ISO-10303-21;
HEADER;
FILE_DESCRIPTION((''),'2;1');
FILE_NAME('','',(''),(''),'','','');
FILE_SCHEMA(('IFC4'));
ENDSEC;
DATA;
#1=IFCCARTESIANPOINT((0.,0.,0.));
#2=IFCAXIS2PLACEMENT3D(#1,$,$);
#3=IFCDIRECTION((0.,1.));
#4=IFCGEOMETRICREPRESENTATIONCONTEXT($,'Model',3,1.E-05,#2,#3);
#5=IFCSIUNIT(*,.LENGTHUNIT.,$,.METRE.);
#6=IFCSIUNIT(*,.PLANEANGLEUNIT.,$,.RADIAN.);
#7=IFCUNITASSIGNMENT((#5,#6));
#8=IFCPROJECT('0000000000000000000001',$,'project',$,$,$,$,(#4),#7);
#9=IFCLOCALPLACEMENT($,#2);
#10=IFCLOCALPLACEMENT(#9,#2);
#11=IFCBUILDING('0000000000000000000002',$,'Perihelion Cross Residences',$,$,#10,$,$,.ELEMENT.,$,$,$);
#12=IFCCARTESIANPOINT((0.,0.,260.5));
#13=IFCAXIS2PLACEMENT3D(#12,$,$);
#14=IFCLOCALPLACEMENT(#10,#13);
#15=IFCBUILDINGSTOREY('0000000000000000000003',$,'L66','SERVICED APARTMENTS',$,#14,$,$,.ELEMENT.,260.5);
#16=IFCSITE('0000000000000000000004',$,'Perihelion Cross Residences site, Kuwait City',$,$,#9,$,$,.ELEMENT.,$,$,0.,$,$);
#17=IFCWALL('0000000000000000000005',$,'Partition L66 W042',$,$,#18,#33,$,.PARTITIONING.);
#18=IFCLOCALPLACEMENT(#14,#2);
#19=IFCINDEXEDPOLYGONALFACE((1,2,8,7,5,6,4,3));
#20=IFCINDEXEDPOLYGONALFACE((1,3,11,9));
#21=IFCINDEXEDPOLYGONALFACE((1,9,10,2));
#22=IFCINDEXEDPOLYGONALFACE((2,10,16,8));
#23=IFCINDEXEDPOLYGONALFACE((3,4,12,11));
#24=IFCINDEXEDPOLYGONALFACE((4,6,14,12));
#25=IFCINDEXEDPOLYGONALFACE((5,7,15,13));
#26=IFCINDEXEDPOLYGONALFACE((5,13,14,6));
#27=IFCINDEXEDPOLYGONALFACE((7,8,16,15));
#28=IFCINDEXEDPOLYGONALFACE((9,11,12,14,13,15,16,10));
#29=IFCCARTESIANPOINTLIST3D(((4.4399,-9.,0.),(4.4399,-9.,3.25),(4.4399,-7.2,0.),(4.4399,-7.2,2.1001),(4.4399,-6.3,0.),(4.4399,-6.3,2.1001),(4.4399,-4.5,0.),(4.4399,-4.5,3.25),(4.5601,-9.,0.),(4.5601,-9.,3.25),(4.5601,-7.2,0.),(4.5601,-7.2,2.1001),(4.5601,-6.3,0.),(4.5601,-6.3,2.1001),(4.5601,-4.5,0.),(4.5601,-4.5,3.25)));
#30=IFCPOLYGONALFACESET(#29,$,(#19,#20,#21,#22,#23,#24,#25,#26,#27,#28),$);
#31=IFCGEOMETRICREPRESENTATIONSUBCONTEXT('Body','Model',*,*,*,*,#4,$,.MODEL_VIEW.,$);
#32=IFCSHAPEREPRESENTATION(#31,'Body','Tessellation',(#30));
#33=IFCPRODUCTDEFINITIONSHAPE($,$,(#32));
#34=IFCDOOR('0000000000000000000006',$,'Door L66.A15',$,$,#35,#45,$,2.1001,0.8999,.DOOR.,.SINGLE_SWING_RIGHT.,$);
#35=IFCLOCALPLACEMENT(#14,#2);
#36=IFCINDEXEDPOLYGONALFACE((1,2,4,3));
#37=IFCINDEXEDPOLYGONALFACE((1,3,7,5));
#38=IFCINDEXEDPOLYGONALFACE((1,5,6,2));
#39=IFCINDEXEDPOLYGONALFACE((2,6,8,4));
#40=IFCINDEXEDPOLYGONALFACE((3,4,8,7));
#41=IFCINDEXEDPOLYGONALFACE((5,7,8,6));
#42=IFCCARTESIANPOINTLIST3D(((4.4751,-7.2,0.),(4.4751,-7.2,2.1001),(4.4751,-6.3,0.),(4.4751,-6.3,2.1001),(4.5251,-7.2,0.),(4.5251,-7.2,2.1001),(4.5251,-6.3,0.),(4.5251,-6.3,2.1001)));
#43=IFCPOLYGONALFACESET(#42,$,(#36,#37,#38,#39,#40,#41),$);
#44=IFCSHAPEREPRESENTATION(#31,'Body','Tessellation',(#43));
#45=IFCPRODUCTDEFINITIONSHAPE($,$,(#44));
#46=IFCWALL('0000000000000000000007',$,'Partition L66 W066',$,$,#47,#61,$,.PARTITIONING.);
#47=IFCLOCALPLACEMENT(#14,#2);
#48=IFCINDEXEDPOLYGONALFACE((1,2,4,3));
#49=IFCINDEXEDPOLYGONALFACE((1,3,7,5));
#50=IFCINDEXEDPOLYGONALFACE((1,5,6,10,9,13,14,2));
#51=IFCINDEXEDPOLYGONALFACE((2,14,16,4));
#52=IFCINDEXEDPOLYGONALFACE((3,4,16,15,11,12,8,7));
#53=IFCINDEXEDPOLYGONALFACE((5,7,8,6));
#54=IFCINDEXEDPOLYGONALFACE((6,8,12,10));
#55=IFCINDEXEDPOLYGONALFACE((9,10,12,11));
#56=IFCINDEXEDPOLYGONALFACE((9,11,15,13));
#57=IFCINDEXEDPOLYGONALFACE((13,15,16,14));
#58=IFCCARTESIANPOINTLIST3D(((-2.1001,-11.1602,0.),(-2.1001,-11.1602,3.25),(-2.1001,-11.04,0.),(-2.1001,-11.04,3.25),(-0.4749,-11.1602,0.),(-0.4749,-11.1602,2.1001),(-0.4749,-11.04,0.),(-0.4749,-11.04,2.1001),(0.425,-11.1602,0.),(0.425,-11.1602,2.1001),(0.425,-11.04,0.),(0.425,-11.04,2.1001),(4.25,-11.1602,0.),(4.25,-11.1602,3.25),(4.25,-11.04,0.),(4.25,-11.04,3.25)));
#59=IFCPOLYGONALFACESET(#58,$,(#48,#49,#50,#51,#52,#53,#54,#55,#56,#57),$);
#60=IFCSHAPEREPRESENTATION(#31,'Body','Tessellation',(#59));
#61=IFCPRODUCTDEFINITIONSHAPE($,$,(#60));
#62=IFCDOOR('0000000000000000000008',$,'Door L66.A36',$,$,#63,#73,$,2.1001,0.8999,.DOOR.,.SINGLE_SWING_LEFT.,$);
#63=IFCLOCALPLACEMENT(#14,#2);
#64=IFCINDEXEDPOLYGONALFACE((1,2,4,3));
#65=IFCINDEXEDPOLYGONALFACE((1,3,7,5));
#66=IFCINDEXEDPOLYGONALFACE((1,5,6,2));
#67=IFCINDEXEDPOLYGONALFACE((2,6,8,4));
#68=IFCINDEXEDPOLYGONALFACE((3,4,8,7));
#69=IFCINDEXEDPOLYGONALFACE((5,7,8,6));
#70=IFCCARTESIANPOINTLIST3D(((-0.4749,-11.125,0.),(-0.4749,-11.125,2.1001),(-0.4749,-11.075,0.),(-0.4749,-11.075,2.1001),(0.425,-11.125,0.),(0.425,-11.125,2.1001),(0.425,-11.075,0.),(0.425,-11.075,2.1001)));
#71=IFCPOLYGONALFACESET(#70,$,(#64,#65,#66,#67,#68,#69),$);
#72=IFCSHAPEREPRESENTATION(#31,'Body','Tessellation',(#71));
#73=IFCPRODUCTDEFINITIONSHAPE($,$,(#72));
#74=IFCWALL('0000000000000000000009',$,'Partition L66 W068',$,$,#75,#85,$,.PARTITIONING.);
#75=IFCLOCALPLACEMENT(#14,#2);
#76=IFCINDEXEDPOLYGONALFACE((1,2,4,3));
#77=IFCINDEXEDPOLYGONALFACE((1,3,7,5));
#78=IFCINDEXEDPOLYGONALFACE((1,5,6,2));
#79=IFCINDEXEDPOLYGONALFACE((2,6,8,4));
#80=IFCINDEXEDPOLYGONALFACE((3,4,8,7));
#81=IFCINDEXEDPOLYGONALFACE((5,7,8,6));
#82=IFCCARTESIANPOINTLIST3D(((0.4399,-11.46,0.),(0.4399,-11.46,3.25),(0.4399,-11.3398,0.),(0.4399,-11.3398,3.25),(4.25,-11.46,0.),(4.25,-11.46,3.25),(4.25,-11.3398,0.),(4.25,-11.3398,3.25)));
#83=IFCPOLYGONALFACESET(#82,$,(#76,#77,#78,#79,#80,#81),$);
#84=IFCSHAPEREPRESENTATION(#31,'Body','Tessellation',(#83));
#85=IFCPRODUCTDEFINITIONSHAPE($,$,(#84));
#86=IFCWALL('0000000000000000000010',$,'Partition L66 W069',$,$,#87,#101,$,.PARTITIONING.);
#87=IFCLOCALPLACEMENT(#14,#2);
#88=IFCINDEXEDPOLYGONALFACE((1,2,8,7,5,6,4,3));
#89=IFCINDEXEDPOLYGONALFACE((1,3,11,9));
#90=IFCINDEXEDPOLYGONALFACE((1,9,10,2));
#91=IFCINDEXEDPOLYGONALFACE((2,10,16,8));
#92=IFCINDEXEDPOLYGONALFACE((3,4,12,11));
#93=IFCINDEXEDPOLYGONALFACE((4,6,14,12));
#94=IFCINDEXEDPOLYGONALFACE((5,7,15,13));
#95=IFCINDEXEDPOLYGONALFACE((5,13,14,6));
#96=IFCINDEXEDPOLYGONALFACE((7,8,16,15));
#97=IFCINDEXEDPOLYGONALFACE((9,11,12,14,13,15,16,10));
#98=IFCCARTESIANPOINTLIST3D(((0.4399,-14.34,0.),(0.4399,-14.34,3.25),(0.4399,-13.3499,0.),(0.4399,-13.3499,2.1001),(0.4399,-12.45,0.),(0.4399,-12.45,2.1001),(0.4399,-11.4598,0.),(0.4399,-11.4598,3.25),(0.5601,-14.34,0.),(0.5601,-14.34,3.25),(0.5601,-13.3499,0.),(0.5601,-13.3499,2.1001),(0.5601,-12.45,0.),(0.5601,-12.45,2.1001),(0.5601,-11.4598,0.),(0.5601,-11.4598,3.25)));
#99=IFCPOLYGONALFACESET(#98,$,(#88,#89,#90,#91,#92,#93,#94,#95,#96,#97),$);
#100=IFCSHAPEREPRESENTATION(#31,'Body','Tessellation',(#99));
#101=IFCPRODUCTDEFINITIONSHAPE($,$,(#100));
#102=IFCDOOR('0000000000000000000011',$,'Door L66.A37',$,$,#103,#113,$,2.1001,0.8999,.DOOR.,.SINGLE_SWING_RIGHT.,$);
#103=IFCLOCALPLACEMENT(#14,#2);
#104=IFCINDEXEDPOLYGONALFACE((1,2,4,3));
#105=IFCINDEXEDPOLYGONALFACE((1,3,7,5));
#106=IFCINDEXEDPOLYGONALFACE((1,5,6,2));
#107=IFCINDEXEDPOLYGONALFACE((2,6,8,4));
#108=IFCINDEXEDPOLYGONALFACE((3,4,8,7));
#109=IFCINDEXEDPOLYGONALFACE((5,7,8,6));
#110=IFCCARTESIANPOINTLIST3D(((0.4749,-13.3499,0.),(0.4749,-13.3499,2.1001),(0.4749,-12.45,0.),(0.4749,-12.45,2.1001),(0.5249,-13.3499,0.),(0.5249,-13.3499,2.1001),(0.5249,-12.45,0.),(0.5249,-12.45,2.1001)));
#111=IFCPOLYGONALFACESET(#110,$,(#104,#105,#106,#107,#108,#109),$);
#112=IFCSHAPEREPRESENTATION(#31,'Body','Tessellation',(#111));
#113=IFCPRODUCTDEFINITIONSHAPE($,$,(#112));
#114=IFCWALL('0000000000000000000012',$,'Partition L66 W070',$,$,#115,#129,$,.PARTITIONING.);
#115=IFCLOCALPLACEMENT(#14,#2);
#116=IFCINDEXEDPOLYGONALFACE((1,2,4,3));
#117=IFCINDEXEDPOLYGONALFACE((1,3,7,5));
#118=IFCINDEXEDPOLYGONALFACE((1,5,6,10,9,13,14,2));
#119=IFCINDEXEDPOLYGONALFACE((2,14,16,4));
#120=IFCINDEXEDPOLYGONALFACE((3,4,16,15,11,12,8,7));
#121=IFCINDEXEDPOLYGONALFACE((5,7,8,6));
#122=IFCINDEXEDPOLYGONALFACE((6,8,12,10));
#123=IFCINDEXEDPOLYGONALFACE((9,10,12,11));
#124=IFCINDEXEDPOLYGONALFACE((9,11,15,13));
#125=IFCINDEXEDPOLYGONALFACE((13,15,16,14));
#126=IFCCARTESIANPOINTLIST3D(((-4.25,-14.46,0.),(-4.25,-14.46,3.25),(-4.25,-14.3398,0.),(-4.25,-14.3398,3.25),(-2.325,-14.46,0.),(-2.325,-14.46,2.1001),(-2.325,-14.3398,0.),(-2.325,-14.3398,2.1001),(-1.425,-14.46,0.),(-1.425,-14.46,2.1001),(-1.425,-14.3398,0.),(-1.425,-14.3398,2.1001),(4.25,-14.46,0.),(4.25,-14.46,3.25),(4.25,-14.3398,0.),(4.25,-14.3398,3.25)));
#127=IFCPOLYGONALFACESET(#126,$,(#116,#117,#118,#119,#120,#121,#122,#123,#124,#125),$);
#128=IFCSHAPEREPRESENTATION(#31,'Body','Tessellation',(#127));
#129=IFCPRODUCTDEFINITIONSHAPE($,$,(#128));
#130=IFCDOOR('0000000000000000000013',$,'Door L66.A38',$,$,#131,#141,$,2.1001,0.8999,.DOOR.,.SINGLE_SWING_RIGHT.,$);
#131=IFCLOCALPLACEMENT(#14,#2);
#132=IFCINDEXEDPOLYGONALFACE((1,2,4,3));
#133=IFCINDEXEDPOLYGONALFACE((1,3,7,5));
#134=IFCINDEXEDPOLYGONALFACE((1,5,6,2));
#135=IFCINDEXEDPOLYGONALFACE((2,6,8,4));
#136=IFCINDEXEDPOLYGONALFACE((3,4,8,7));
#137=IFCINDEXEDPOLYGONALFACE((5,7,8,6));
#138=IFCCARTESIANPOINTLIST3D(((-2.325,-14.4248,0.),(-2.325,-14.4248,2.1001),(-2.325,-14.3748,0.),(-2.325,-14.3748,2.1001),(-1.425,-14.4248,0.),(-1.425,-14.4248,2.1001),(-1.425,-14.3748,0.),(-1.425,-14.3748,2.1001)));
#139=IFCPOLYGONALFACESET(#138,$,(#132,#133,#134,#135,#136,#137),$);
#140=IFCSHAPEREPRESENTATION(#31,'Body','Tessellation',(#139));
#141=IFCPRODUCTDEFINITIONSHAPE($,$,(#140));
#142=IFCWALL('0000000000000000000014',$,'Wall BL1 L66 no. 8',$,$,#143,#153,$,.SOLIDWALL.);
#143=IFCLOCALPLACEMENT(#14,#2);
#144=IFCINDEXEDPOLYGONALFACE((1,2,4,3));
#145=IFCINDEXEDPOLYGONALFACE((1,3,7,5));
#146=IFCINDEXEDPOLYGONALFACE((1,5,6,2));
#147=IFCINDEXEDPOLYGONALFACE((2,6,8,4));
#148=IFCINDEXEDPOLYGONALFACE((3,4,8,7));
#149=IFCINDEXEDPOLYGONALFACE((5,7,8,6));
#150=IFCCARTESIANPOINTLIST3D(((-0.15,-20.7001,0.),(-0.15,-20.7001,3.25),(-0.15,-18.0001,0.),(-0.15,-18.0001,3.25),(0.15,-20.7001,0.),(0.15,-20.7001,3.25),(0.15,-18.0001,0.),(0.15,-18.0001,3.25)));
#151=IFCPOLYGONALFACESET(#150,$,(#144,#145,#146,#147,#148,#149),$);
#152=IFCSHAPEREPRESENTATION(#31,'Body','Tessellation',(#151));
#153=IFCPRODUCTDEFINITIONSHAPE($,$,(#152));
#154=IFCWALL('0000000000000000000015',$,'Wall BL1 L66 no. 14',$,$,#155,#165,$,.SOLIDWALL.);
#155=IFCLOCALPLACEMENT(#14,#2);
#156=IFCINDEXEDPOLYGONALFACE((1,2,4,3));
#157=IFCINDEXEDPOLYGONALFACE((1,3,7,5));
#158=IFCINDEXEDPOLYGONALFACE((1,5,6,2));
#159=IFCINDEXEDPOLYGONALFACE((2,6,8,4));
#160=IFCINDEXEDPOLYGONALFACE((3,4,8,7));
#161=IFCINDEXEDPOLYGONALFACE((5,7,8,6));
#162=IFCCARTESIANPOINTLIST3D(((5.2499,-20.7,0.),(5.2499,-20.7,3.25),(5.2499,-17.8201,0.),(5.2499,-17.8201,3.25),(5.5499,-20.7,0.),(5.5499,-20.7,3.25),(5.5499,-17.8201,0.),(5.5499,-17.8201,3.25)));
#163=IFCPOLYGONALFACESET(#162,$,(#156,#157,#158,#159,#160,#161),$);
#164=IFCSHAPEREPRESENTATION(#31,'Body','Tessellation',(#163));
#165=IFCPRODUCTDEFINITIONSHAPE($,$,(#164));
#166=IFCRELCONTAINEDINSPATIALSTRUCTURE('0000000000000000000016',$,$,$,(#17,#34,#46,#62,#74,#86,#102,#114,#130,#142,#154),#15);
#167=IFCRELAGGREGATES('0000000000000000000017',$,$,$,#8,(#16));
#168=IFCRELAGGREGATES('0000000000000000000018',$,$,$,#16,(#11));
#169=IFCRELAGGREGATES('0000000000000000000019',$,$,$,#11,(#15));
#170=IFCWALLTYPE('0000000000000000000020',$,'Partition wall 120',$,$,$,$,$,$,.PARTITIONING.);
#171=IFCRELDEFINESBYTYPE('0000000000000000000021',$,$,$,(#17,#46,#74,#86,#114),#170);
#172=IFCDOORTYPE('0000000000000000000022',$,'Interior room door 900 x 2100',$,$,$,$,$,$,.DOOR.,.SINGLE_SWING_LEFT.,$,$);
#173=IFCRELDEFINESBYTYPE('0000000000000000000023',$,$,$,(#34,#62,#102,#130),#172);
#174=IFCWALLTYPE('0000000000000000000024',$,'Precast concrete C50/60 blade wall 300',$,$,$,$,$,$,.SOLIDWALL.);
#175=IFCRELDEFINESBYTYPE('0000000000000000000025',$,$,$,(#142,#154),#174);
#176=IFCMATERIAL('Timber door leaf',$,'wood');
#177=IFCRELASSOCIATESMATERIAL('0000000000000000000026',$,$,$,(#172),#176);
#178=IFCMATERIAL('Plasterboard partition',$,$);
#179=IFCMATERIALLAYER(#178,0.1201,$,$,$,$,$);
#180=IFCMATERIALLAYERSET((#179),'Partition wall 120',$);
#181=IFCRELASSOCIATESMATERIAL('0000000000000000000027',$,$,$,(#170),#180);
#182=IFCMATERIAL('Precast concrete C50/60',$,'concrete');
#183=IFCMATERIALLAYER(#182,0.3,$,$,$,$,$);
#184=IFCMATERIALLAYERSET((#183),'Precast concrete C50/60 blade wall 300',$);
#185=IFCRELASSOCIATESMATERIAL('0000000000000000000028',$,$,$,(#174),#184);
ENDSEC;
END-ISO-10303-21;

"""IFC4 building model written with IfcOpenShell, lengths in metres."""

from ifc_helpers import new_model, si_unit, direction, frame, frame_2d, origin, place, context, subcontext, project, spatial, rectangle, extrude, material, layer, layer_set, type_object, element, fill, save


model = new_model("IFC4")

# Units and contexts
model_context = context("Model", 3, precision=1e-05, world=origin(), true_north=direction((0.0, 1.0)))
body_context = subcontext(model_context, "Body", "Model", "MODEL_VIEW")
ifc_project = project(units=[si_unit("LENGTHUNIT", "METRE"), si_unit("PLANEANGLEUNIT", "RADIAN")], contexts=[model_context])

# Site, building, storey
site_placement = place(None, origin())
site = spatial("IfcSite", under=ifc_project, at=site_placement, Name="Perihelion Cross Residences site, Kuwait City", CompositionType="ELEMENT", RefElevation=0.0)
building_placement = place(site_placement, origin())
building = spatial("IfcBuilding", under=site, at=building_placement, Name="Perihelion Cross Residences", CompositionType="ELEMENT")
storey_placement = place(building_placement, frame((0.0, 0.0, 260.5)))
storey = spatial("IfcBuildingStorey", under=building, at=storey_placement, Name="L66", Description="SERVICED APARTMENTS", CompositionType="ELEMENT", Elevation=260.5)

# Walls, openings, doors
ifc_material_1 = material(Name="Timber door leaf", Category="wood")
door_type_1 = type_object("IfcDoorType", Name="Interior room door 900 x 2100", OperationType="SINGLE_SWING_LEFT", PredefinedType="DOOR", material=ifc_material_1)
ifc_material_2 = material(Name="Plasterboard partition")
ifc_layer_1 = layer(ifc_material_2, 0.1201)
ifc_layer_set_1 = layer_set([ifc_layer_1], Name="Partition wall 120")
wall_type_1 = type_object("IfcWallType", Name="Partition wall 120", PredefinedType="PARTITIONING", material=ifc_layer_set_1)
wall_1_placement = place(storey_placement, frame((4.5, -9.0, 0.0), z_axis=(0.0, 0.0, 1.0), x_axis=(0.0, 1.0, 0.0)))
wall_1 = element("IfcWall", 1, at=wall_1_placement, inside=storey, type_object=wall_type_1, Name="Partition L66 W042", PredefinedType="PARTITIONING", context=body_context, shape_type="SweptSolid", body=[
    extrude(rectangle(XDim=4.5, YDim=0.1201, at=frame_2d((2.25, 0.0))), origin(), (0.0, 0.0, 1.0), 3.25),
])
opening_1_placement = place(wall_1_placement, frame((1.8, 0.0, 0.0)))
opening_1 = element("IfcOpeningElement", 2, at=opening_1_placement, cuts=wall_1, PredefinedType="OPENING", context=body_context, shape_type="SweptSolid", body=[
    extrude(rectangle(XDim=0.8999, YDim=2.1001, at=frame_2d((0.45, 1.05))), frame((0.0, 0.0701, 0.0), z_axis=(0.0, -1.0, 0.0), x_axis=(1.0, 0.0, 0.0)), (0.0, 0.0, 1.0), 0.1401),
])
door_1_placement = place(opening_1_placement, origin())
door_1 = element("IfcDoor", 3, at=door_1_placement, inside=storey, type_object=door_type_1, Name="Door L66.A15", OperationType="SINGLE_SWING_RIGHT", OverallHeight=2.1001, OverallWidth=0.8999, PredefinedType="DOOR", context=body_context, shape_type="SweptSolid", body=[
    extrude(rectangle(XDim=0.8999, YDim=2.1001, at=frame_2d((0.45, 1.05))), frame((0.0, 0.0249, 0.0), z_axis=(0.0, -1.0, 0.0), x_axis=(1.0, 0.0, 0.0)), (0.0, 0.0, 1.0), 0.05),
])
fill(opening_1, door_1)
wall_2_placement = place(storey_placement, frame((4.25, -11.1001, 0.0), z_axis=(0.0, 0.0, 1.0), x_axis=(-1.0, 0.0, 0.0)))
wall_2 = element("IfcWall", 4, at=wall_2_placement, inside=storey, type_object=wall_type_1, Name="Partition L66 W066", PredefinedType="PARTITIONING", context=body_context, shape_type="SweptSolid", body=[
    extrude(rectangle(XDim=6.3501, YDim=0.1201, at=frame_2d((3.175, 0.0))), origin(), (0.0, 0.0, 1.0), 3.25),
])
opening_2_placement = place(wall_2_placement, frame((3.825, 0.0, 0.0)))
opening_2 = element("IfcOpeningElement", 5, at=opening_2_placement, cuts=wall_2, PredefinedType="OPENING", context=body_context, shape_type="SweptSolid", body=[
    extrude(rectangle(XDim=0.8999, YDim=2.1001, at=frame_2d((0.45, 1.05))), frame((0.0, 0.0701, 0.0), z_axis=(0.0, -1.0, 0.0), x_axis=(1.0, 0.0, 0.0)), (0.0, 0.0, 1.0), 0.1401),
])
door_2_placement = place(opening_2_placement, origin())
door_2 = element("IfcDoor", 6, at=door_2_placement, inside=storey, type_object=door_type_1, Name="Door L66.A36", OperationType="SINGLE_SWING_LEFT", OverallHeight=2.1001, OverallWidth=0.8999, PredefinedType="DOOR", context=body_context, shape_type="SweptSolid", body=[
    extrude(rectangle(XDim=0.8999, YDim=2.1001, at=frame_2d((0.45, 1.05))), frame((0.0, 0.0249, 0.0), z_axis=(0.0, -1.0, 0.0), x_axis=(1.0, 0.0, 0.0)), (0.0, 0.0, 1.0), 0.05),
])
fill(opening_2, door_2)

# Wall
wall_3_placement = place(storey_placement, frame((4.25, -11.3999, 0.0), z_axis=(0.0, 0.0, 1.0), x_axis=(-1.0, 0.0, 0.0)))
element("IfcWall", 7, at=wall_3_placement, inside=storey, type_object=wall_type_1, Name="Partition L66 W068", PredefinedType="PARTITIONING", context=body_context, shape_type="SweptSolid", body=[
    extrude(rectangle(XDim=3.8101, YDim=0.1201, at=frame_2d((1.905, 0.0))), origin(), (0.0, 0.0, 1.0), 3.25),
])

# Walls, openings, doors
wall_4_placement = place(storey_placement, frame((0.5, -11.46, 0.0), z_axis=(0.0, 0.0, 1.0), x_axis=(0.0, -1.0, 0.0)))
wall_4 = element("IfcWall", 8, at=wall_4_placement, inside=storey, type_object=wall_type_1, Name="Partition L66 W069", PredefinedType="PARTITIONING", context=body_context, shape_type="SweptSolid", body=[
    extrude(rectangle(XDim=2.8801, YDim=0.1201, at=frame_2d((1.4399, 0.0))), origin(), (0.0, 0.0, 1.0), 3.25),
])
opening_3_placement = place(wall_4_placement, frame((0.99, 0.0, 0.0)))
opening_3 = element("IfcOpeningElement", 9, at=opening_3_placement, cuts=wall_4, PredefinedType="OPENING", context=body_context, shape_type="SweptSolid", body=[
    extrude(rectangle(XDim=0.8999, YDim=2.1001, at=frame_2d((0.45, 1.05))), frame((0.0, 0.0701, 0.0), z_axis=(0.0, -1.0, 0.0), x_axis=(1.0, 0.0, 0.0)), (0.0, 0.0, 1.0), 0.1401),
])
door_3_placement = place(opening_3_placement, origin())
door_3 = element("IfcDoor", 10, at=door_3_placement, inside=storey, type_object=door_type_1, Name="Door L66.A37", OperationType="SINGLE_SWING_RIGHT", OverallHeight=2.1001, OverallWidth=0.8999, PredefinedType="DOOR", context=body_context, shape_type="SweptSolid", body=[
    extrude(rectangle(XDim=0.8999, YDim=2.1001, at=frame_2d((0.45, 1.05))), frame((0.0, 0.0249, 0.0), z_axis=(0.0, -1.0, 0.0), x_axis=(1.0, 0.0, 0.0)), (0.0, 0.0, 1.0), 0.05),
])
fill(opening_3, door_3)
wall_5_placement = place(storey_placement, frame((4.25, -14.3999, 0.0), z_axis=(0.0, 0.0, 1.0), x_axis=(-1.0, 0.0, 0.0)))
wall_5 = element("IfcWall", 11, at=wall_5_placement, inside=storey, type_object=wall_type_1, Name="Partition L66 W070", PredefinedType="PARTITIONING", context=body_context, shape_type="SweptSolid", body=[
    extrude(rectangle(XDim=8.5, YDim=0.1201, at=frame_2d((4.25, 0.0))), origin(), (0.0, 0.0, 1.0), 3.25),
])
opening_4_placement = place(wall_5_placement, frame((5.675, 0.0, 0.0)))
opening_4 = element("IfcOpeningElement", 12, at=opening_4_placement, cuts=wall_5, PredefinedType="OPENING", context=body_context, shape_type="SweptSolid", body=[
    extrude(rectangle(XDim=0.8999, YDim=2.1001, at=frame_2d((0.45, 1.05))), frame((0.0, 0.0701, 0.0), z_axis=(0.0, -1.0, 0.0), x_axis=(1.0, 0.0, 0.0)), (0.0, 0.0, 1.0), 0.1401),
])
door_4_placement = place(opening_4_placement, origin())
door_4 = element("IfcDoor", 13, at=door_4_placement, inside=storey, type_object=door_type_1, Name="Door L66.A38", OperationType="SINGLE_SWING_RIGHT", OverallHeight=2.1001, OverallWidth=0.8999, PredefinedType="DOOR", context=body_context, shape_type="SweptSolid", body=[
    extrude(rectangle(XDim=0.8999, YDim=2.1001, at=frame_2d((0.45, 1.05))), frame((0.0, 0.0249, 0.0), z_axis=(0.0, -1.0, 0.0), x_axis=(1.0, 0.0, 0.0)), (0.0, 0.0, 1.0), 0.05),
])
fill(opening_4, door_4)

# Walls
ifc_material_3 = material(Name="Precast concrete C50/60", Category="concrete")
ifc_layer_2 = layer(ifc_material_3, 0.3)
ifc_layer_set_2 = layer_set([ifc_layer_2], Name="Precast concrete C50/60 blade wall 300")
wall_type_2 = type_object("IfcWallType", Name="Precast concrete C50/60 blade wall 300", PredefinedType="SOLIDWALL", material=ifc_layer_set_2)
wall_6_placement = place(storey_placement, frame((0.0, -18.0, 0.0), z_axis=(0.0, 0.0, 1.0), x_axis=(0.0, -1.0, 0.0)))
element("IfcWall", 14, at=wall_6_placement, inside=storey, type_object=wall_type_2, Name="Wall BL1 L66 no. 8", PredefinedType="SOLIDWALL", context=body_context, shape_type="SweptSolid", body=[
    extrude(rectangle(XDim=2.7, YDim=0.3, at=frame_2d((1.3501, 0.0))), origin(), (0.0, 0.0, 1.0), 3.25),
])
wall_7_placement = place(storey_placement, frame((5.3999, -17.8201, 0.0), z_axis=(0.0, 0.0, 1.0), x_axis=(0.0, -1.0, 0.0)))
element("IfcWall", 15, at=wall_7_placement, inside=storey, type_object=wall_type_2, Name="Wall BL1 L66 no. 14", PredefinedType="SOLIDWALL", context=body_context, shape_type="SweptSolid", body=[
    extrude(rectangle(XDim=2.8799, YDim=0.3, at=frame_2d((1.4399, 0.0))), origin(), (0.0, 0.0, 1.0), 3.25),
])

save(model, "model.ifc")
